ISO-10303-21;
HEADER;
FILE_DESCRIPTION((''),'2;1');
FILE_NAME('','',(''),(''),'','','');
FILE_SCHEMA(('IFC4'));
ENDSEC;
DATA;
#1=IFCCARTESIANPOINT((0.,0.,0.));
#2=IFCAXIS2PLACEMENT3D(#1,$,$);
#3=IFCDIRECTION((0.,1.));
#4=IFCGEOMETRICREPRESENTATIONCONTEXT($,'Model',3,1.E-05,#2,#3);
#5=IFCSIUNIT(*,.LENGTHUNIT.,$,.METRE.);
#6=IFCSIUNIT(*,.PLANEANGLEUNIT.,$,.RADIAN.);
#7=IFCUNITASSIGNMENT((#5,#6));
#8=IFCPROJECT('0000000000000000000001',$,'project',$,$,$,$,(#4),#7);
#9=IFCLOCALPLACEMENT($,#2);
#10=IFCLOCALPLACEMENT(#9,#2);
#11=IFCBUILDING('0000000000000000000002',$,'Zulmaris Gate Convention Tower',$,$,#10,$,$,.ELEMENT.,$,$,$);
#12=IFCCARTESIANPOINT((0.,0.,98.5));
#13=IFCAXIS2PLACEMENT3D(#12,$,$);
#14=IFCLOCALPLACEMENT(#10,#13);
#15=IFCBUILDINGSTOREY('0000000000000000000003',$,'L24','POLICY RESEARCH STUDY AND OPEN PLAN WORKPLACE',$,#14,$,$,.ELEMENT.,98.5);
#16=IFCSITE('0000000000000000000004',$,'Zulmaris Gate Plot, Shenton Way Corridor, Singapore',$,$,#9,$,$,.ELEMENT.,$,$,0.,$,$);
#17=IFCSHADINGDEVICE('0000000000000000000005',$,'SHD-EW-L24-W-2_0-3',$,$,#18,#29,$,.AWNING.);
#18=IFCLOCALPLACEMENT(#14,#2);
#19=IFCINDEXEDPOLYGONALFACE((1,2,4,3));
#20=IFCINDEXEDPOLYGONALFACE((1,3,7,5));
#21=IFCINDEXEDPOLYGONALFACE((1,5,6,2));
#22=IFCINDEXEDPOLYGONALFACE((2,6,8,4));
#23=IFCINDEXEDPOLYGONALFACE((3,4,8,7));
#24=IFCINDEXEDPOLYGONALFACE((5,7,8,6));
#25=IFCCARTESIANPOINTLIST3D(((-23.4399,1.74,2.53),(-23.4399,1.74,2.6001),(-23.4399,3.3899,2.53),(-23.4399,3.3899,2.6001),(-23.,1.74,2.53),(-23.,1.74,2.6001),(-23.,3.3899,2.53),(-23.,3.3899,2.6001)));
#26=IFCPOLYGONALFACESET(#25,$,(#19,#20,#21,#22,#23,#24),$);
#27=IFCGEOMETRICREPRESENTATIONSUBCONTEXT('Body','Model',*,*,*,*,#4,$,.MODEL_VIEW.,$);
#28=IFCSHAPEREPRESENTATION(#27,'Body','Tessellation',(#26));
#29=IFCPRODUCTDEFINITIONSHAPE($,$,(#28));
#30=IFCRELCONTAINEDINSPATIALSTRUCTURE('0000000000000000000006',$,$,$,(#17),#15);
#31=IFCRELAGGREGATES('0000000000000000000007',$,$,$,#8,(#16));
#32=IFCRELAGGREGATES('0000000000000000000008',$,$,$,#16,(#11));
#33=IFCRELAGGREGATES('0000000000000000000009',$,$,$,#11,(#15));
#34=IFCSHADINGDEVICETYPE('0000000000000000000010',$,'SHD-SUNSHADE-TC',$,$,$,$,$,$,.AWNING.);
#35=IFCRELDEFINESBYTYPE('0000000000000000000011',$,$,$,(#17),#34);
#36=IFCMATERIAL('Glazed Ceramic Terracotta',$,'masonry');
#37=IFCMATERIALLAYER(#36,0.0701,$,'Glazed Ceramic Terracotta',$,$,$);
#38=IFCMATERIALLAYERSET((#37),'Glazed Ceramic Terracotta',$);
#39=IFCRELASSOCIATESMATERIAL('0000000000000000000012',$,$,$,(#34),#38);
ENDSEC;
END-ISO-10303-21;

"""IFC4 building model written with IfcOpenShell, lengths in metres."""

from ifc_helpers import new_model, si_unit, direction, frame, frame_2d, origin, place, context, subcontext, project, spatial, rectangle, extrude, material, layer, layer_set, type_object, element, save


model = new_model("IFC4")

# Units and contexts
model_context = context("Model", 3, precision=1e-05, world=origin(), true_north=direction((0.0, 1.0)))
body_context = subcontext(model_context, "Body", "Model", "MODEL_VIEW")
ifc_project = project(units=[si_unit("LENGTHUNIT", "METRE"), si_unit("PLANEANGLEUNIT", "RADIAN")], contexts=[model_context])

# Site, building, storey
site_placement = place(None, origin())
site = spatial("IfcSite", under=ifc_project, at=site_placement, Name="Zulmaris Gate Plot, Shenton Way Corridor, Singapore", CompositionType="ELEMENT", RefElevation=0.0)
building_placement = place(site_placement, origin())
building = spatial("IfcBuilding", under=site, at=building_placement, Name="Zulmaris Gate Convention Tower", CompositionType="ELEMENT")
storey_placement = place(building_placement, frame((0.0, 0.0, 98.5)))
storey = spatial("IfcBuildingStorey", under=building, at=storey_placement, Name="L24", Description="POLICY RESEARCH STUDY AND OPEN PLAN WORKPLACE", CompositionType="ELEMENT", Elevation=98.5)

# Shading device
ifc_material_1 = material(Name="Glazed Ceramic Terracotta", Category="masonry")
ifc_layer_1 = layer(ifc_material_1, 0.0701, Name="Glazed Ceramic Terracotta")
ifc_layer_set_1 = layer_set([ifc_layer_1], Name="Glazed Ceramic Terracotta")
shading_device_type = type_object("IfcShadingDeviceType", Name="SHD-SUNSHADE-TC", PredefinedType="AWNING", material=ifc_layer_set_1)
for number, where, z_axis, x_axis, name in (
    (1, (-23.22, 3.3899, 2.53), (0.0, 0.0, 1.0), (0.0, -1.0, 0.0), "SHD-EW-L24-W-2_0-3"),
):
    element("IfcShadingDevice", number, at=place(storey_placement, frame(where, z_axis=z_axis, x_axis=x_axis)), inside=storey, type_object=shading_device_type, Name=name, PredefinedType="AWNING", context=body_context, shape_type="SweptSolid", body=[
        extrude(rectangle(XDim=1.6499, YDim=0.4399, at=frame_2d((0.825, 0.0))), origin(), (0.0, 0.0, 1.0), 0.0701),
    ])

save(model, "model.ifc")
